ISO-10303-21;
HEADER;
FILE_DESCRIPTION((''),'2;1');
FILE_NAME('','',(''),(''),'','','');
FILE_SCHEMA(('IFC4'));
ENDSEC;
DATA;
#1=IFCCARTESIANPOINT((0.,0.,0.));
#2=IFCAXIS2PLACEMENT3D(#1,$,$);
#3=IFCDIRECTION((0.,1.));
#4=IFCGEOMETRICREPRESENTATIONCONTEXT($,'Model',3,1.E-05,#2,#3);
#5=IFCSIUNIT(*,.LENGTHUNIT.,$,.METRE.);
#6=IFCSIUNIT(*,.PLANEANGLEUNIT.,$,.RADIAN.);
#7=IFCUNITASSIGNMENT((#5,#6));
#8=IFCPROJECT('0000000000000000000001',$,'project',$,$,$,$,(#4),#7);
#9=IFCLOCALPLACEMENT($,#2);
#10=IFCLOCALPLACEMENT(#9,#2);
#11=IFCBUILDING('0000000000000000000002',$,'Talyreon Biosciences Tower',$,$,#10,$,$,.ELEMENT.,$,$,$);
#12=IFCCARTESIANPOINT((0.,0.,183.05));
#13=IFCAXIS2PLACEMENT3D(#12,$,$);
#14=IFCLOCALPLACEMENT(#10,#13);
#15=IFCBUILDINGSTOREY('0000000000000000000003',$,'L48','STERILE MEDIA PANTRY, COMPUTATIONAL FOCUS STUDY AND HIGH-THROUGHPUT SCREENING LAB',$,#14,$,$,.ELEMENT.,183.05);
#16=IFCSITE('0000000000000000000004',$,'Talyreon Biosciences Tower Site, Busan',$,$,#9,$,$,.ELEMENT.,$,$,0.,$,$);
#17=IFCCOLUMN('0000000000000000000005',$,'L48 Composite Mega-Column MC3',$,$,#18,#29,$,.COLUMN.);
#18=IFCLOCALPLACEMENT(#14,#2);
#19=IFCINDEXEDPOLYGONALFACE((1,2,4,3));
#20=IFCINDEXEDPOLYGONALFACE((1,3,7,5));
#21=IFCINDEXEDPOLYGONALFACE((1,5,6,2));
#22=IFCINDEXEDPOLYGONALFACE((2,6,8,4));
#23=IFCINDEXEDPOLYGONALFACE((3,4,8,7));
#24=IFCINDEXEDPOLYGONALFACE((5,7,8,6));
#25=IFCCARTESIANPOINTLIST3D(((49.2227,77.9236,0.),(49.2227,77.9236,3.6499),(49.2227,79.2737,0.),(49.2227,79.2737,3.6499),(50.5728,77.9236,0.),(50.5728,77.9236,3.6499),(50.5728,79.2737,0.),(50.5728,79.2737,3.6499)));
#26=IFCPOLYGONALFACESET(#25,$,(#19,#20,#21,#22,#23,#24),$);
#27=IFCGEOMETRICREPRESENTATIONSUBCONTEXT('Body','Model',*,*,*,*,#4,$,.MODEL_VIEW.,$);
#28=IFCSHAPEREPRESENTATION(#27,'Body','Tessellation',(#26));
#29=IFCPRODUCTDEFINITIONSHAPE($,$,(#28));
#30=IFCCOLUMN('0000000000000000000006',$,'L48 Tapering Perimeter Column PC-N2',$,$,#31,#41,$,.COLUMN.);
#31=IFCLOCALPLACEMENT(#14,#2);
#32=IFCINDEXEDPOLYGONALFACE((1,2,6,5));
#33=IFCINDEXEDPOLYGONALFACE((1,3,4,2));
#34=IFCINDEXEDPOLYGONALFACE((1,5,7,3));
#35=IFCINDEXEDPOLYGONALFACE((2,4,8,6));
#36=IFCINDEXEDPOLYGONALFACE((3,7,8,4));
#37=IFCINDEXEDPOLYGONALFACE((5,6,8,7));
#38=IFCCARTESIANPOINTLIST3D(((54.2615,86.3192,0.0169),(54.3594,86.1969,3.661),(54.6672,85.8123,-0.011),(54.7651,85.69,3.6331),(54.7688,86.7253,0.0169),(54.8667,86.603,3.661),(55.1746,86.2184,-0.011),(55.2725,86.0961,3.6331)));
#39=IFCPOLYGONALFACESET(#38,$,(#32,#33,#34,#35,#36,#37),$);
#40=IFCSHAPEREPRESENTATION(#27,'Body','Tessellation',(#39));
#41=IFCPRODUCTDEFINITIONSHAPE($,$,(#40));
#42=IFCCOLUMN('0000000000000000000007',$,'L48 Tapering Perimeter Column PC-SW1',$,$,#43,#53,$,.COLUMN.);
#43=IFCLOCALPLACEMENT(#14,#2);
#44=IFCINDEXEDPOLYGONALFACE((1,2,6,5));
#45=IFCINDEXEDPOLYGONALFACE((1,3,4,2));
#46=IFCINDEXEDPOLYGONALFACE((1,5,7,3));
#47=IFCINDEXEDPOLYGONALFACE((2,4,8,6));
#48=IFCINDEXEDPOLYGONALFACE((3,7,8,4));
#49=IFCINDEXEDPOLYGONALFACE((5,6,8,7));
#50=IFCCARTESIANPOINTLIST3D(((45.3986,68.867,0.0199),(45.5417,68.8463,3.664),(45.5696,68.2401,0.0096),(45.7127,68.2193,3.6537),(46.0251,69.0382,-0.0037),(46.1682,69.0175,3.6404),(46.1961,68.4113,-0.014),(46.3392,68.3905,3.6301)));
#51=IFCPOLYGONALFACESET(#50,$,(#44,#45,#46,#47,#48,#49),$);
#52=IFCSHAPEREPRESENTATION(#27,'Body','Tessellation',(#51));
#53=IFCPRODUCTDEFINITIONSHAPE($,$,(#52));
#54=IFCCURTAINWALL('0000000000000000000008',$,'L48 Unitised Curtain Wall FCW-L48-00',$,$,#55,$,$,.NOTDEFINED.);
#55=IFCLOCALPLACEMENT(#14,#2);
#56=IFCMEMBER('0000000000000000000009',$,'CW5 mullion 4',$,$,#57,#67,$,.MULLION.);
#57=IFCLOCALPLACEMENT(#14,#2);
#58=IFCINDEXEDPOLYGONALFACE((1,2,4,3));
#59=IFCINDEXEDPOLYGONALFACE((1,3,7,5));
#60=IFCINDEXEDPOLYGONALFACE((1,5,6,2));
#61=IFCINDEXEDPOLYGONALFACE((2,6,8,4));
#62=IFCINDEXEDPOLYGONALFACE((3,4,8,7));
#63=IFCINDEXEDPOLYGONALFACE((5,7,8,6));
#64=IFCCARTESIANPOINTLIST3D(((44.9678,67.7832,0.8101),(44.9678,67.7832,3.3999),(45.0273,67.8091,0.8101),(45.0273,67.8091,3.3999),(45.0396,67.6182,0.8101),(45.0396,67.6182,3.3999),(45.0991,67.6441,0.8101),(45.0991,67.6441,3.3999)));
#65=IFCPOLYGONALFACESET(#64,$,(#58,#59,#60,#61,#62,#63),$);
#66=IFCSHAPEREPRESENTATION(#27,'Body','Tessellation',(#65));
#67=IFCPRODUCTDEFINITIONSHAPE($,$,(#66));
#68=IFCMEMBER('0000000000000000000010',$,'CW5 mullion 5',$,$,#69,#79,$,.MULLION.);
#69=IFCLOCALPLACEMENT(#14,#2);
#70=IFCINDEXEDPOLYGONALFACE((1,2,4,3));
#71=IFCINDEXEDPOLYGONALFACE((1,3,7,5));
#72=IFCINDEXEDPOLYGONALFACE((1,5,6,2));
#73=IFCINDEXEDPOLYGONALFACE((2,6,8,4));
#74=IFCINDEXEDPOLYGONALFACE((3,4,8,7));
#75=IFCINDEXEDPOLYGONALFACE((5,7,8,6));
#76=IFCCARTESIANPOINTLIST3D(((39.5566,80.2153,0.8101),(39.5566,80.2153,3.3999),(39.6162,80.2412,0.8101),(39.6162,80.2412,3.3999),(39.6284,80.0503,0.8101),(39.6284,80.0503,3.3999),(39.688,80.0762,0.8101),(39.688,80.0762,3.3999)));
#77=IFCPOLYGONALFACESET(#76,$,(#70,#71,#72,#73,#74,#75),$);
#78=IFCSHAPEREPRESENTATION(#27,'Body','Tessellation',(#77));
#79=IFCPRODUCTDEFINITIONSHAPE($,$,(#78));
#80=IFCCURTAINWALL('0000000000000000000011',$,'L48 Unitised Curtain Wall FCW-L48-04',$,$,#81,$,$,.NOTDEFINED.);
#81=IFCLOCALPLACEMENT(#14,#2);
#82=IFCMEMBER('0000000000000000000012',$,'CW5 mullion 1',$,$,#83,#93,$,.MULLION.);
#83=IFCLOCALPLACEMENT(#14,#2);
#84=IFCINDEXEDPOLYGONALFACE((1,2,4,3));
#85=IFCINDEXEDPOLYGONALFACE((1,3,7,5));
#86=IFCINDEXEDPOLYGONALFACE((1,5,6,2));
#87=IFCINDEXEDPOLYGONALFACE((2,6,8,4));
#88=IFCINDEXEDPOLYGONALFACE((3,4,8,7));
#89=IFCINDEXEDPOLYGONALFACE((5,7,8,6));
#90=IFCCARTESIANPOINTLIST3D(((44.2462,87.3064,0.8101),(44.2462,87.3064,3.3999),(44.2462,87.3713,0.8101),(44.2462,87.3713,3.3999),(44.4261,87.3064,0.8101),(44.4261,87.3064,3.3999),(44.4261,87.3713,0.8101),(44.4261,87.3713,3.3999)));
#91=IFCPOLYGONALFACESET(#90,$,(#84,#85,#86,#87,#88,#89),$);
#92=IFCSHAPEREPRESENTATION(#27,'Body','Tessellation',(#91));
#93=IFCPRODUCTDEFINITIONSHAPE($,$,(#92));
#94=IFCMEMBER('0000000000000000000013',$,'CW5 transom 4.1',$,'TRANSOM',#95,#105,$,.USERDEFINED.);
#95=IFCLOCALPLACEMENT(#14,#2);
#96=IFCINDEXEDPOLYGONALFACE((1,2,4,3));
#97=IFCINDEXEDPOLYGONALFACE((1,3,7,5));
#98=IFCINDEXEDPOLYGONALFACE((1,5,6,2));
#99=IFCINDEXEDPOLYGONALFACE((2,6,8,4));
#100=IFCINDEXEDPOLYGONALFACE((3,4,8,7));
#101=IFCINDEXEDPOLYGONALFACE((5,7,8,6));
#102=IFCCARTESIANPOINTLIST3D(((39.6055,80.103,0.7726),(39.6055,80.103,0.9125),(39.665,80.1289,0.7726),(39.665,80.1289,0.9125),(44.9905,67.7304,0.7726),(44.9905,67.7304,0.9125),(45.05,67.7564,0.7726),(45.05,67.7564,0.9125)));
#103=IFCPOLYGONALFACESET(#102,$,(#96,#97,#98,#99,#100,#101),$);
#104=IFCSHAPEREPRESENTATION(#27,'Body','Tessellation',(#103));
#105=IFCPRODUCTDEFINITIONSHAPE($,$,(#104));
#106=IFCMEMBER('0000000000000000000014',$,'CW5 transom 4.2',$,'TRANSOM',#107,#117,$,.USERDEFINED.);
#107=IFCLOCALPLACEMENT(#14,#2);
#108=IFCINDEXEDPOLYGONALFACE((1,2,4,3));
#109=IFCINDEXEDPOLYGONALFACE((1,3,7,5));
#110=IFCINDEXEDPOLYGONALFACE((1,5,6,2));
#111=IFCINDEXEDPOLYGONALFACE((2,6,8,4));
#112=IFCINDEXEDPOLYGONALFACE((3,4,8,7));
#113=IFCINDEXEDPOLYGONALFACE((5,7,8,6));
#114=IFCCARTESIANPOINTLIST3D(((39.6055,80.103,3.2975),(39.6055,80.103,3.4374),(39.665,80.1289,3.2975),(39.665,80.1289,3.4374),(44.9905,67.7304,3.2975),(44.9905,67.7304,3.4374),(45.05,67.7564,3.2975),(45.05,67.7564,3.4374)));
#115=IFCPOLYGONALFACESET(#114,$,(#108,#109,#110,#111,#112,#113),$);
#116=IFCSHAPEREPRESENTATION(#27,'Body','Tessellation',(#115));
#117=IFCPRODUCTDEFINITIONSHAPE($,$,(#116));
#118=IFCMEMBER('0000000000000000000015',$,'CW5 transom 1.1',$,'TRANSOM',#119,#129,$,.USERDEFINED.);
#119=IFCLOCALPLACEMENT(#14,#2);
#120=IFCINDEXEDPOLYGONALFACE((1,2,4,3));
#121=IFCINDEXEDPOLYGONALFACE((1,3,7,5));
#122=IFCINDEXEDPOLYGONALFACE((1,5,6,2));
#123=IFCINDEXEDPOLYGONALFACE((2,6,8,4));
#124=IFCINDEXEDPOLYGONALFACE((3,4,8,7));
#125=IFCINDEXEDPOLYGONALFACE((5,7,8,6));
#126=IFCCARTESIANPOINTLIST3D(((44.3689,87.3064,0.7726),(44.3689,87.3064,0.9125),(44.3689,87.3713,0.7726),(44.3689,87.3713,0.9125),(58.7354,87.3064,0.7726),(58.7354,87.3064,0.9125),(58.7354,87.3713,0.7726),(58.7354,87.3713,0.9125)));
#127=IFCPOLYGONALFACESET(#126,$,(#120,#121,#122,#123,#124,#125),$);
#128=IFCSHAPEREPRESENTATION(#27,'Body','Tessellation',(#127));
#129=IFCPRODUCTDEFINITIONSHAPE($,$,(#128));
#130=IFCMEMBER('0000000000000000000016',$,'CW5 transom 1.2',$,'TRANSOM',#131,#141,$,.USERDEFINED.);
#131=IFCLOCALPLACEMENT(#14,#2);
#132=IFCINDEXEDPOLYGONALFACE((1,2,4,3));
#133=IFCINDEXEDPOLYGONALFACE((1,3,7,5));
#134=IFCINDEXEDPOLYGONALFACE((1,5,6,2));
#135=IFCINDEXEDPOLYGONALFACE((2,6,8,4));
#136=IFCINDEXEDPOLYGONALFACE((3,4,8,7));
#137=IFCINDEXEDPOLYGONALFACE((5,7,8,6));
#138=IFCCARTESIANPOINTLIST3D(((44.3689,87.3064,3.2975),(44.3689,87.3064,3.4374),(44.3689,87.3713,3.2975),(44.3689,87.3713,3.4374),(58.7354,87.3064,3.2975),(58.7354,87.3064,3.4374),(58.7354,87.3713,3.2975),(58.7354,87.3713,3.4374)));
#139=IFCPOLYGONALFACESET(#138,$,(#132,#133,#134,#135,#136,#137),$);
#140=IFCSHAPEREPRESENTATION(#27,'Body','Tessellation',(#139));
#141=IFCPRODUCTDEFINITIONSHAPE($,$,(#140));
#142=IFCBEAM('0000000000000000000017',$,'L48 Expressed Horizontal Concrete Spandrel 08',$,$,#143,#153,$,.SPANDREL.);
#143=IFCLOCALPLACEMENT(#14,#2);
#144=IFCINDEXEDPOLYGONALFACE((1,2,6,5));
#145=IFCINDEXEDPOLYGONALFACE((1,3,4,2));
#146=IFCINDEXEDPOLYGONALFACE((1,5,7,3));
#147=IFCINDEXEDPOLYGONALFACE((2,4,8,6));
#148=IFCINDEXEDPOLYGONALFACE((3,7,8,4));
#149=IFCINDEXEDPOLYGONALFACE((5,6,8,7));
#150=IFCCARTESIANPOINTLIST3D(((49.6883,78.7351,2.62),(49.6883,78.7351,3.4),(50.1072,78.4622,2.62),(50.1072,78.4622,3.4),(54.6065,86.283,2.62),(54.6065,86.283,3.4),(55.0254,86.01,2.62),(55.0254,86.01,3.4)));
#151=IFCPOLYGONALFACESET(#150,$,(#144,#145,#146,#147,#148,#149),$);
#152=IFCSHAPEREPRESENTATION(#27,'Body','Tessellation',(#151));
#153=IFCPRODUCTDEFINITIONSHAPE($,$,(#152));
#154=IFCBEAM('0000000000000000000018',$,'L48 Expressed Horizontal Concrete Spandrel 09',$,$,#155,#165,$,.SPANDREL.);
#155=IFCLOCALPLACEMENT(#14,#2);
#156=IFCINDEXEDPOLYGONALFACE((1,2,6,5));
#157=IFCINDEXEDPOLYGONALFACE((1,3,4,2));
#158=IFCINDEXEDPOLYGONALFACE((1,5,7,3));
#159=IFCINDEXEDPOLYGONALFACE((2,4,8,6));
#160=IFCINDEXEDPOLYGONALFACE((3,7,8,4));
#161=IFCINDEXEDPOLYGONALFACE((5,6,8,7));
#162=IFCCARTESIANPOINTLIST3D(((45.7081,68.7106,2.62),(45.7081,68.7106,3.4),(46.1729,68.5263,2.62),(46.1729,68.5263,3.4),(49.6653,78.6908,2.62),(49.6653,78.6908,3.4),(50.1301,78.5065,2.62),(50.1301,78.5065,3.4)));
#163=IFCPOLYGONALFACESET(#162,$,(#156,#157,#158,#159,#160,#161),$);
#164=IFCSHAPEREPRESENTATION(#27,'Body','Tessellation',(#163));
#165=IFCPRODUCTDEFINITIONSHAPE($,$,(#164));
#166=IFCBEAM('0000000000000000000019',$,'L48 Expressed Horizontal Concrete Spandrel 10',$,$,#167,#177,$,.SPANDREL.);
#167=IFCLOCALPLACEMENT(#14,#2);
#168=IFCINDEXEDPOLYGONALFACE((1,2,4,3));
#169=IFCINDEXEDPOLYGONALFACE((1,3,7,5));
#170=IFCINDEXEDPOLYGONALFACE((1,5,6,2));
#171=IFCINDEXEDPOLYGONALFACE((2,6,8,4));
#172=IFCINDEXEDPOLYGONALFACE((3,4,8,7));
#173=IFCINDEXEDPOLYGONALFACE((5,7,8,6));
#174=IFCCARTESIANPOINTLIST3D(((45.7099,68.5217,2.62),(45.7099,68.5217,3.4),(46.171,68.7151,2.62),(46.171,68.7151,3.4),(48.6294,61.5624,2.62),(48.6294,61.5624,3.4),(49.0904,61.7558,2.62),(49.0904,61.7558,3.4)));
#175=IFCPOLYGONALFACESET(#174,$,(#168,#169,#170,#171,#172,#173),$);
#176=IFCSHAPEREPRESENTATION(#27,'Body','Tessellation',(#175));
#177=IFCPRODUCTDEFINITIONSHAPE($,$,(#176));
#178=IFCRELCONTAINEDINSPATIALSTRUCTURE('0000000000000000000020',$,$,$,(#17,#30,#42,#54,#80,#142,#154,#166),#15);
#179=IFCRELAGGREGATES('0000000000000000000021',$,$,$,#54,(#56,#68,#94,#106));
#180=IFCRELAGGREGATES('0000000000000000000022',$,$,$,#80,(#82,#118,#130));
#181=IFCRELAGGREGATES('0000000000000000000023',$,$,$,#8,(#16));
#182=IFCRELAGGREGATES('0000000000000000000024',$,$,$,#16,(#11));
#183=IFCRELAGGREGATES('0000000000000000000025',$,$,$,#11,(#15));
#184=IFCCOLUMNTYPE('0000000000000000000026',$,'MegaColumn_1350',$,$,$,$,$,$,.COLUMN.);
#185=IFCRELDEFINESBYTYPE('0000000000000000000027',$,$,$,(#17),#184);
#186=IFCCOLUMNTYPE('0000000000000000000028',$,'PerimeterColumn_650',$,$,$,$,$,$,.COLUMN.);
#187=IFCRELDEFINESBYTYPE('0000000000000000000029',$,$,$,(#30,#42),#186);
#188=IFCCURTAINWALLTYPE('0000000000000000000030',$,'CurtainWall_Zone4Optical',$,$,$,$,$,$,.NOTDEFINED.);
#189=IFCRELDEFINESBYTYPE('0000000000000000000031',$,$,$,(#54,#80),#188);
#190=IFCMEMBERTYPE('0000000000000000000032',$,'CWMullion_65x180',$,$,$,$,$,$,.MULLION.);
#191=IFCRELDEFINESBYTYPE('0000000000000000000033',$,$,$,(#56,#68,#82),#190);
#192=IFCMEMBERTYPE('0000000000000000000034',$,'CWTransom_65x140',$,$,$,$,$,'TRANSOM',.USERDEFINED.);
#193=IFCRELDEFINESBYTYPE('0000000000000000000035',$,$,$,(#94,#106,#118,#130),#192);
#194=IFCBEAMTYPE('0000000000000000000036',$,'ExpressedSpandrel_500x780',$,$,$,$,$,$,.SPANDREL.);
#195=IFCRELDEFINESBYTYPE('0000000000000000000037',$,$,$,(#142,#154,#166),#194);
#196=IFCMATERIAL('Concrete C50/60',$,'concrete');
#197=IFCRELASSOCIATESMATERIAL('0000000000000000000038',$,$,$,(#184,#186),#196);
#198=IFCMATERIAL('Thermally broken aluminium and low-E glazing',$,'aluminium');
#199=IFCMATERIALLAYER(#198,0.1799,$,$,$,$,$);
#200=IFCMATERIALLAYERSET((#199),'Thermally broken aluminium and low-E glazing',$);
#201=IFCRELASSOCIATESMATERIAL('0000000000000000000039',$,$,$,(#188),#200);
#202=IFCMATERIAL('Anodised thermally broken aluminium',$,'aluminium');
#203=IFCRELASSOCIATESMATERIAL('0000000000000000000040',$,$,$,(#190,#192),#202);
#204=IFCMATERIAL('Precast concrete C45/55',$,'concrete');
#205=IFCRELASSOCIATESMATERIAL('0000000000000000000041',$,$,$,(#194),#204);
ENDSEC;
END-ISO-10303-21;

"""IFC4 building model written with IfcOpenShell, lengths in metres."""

from ifc_helpers import new_model, si_unit, direction, frame, origin, origin_2d, place, context, subcontext, project, spatial, rectangle, extrude, material, layer, layer_set, material_profile, profile_set, type_object, element, aggregate, save


model = new_model("IFC4")

# Units and contexts
model_context = context("Model", 3, precision=1e-05, world=origin(), true_north=direction((0.0, 1.0)))
body_context = subcontext(model_context, "Body", "Model", "MODEL_VIEW")
ifc_project = project(units=[si_unit("LENGTHUNIT", "METRE"), si_unit("PLANEANGLEUNIT", "RADIAN")], contexts=[model_context])

# Site, building, storey
site_placement = place(None, origin())
site = spatial("IfcSite", under=ifc_project, at=site_placement, Name="Talyreon Biosciences Tower Site, Busan", CompositionType="ELEMENT", RefElevation=0.0)
building_placement = place(site_placement, origin())
building = spatial("IfcBuilding", under=site, at=building_placement, Name="Talyreon Biosciences Tower", CompositionType="ELEMENT")
storey_placement = place(building_placement, frame((0.0, 0.0, 183.05)))
storey = spatial("IfcBuildingStorey", under=building, at=storey_placement, Name="L48", Description="STERILE MEDIA PANTRY, COMPUTATIONAL FOCUS STUDY AND HIGH-THROUGHPUT SCREENING LAB", CompositionType="ELEMENT", Elevation=183.05)

# Columns
ifc_material_1 = material(Name="Concrete C50/60", Category="concrete")
ifc_material_profile_1 = material_profile(ifc_material_1, rectangle(XDim=1.3501, YDim=1.3501, at=origin_2d()), Name="RC 1350x1350")
ifc_profile_set_1 = profile_set([ifc_material_profile_1], Name="Concrete C50/60")
column_type_1 = type_object("IfcColumnType", Name="MegaColumn_1350", PredefinedType="COLUMN", material=ifc_profile_set_1)
column_1_placement = place(storey_placement, frame((49.8977, 78.5986, 0.0), z_axis=(0.0, 0.0, 1.0), x_axis=(1.0, 0.0, 0.0)))
element("IfcColumn", 1, at=column_1_placement, inside=storey, type_object=column_type_1, Name="L48 Composite Mega-Column MC3", PredefinedType="COLUMN", context=body_context, shape_type="SweptSolid", body=[
    extrude(rectangle(XDim=1.3501, YDim=1.3501, at=origin_2d()), origin(), (0.0, 0.0, 1.0), 3.6499),
])
ifc_material_profile_2 = material_profile(ifc_material_1, rectangle(XDim=0.6499, YDim=0.6499, at=origin_2d()), Name="RC 650x650")
ifc_profile_set_2 = profile_set([ifc_material_profile_2], Name="Concrete C50/60")
column_type_2 = type_object("IfcColumnType", Name="PerimeterColumn_650", PredefinedType="COLUMN", material=ifc_profile_set_2)
column_2_placement = place(storey_placement, frame((54.718, 86.2688, 0.0029), z_axis=(0.026841, -0.033535, 0.999077), x_axis=(-0.780717, -0.624885, 0.0)))
element("IfcColumn", 2, at=column_2_placement, inside=storey, type_object=column_type_2, Name="L48 Tapering Perimeter Column PC-N2", PredefinedType="COLUMN", context=body_context, shape_type="SweptSolid", body=[
    extrude(rectangle(XDim=0.6499, YDim=0.6499, at=origin_2d()), origin(), (0.0, 0.0, 1.0), 3.6475),
])
column_3_placement = place(storey_placement, frame((45.7974, 68.6392, 0.0029), z_axis=(0.039229, -0.00569, 0.999214), x_axis=(0.963993, 0.263433, -0.036346)))
element("IfcColumn", 3, at=column_3_placement, inside=storey, type_object=column_type_2, Name="L48 Tapering Perimeter Column PC-SW1", PredefinedType="COLUMN", context=body_context, shape_type="SweptSolid", body=[
    extrude(rectangle(XDim=0.6499, YDim=0.6499, at=origin_2d()), origin(), (0.0, 0.0, 1.0), 3.647),
])

# Curtain wall, members
ifc_material_2 = material(Name="Thermally broken aluminium and low-E glazing", Category="aluminium")
ifc_layer_1 = layer(ifc_material_2, 0.1799)
ifc_layer_set_1 = layer_set([ifc_layer_1], Name="Thermally broken aluminium and low-E glazing")
curtain_wall_type = type_object("IfcCurtainWallType", Name="CurtainWall_Zone4Optical", PredefinedType="NOTDEFINED", material=ifc_layer_set_1)
curtain_wall_1_placement = place(storey_placement, origin())
curtain_wall_1 = element("IfcCurtainWall", 4, at=curtain_wall_1_placement, inside=storey, type_object=curtain_wall_type, Name="L48 Unitised Curtain Wall FCW-L48-00", PredefinedType="NOTDEFINED")
ifc_material_3 = material(Name="Anodised thermally broken aluminium", Category="aluminium")
ifc_material_profile_3 = material_profile(ifc_material_3, rectangle(XDim=0.0649, YDim=0.1799, at=origin_2d()), Name="ALUM MULLION 65x180")
ifc_profile_set_3 = profile_set([ifc_material_profile_3], Name="Anodised thermally broken aluminium")
member_type_1 = type_object("IfcMemberType", Name="CWMullion_65x180", PredefinedType="MULLION", material=ifc_profile_set_3)
member_1_placement = place(storey_placement, frame((45.0334, 67.7136, 0.8101), z_axis=(0.0, 0.0, 1.0), x_axis=(-0.916912, -0.399089, 0.0)))
member_1 = element("IfcMember", 5, at=member_1_placement, type_object=member_type_1, Name="CW5 mullion 4", PredefinedType="MULLION", context=body_context, shape_type="SweptSolid", body=[
    extrude(rectangle(XDim=0.0649, YDim=0.1799, at=origin_2d()), origin(), (0.0, 0.0, 1.0), 2.5898),
])
member_2_placement = place(storey_placement, frame((39.6223, 80.1458, 0.8101), z_axis=(0.0, 0.0, 1.0), x_axis=(-0.916912, -0.399089, 0.0)))
member_2 = element("IfcMember", 6, at=member_2_placement, type_object=member_type_1, Name="CW5 mullion 5", PredefinedType="MULLION", context=body_context, shape_type="SweptSolid", body=[
    extrude(rectangle(XDim=0.0649, YDim=0.1799, at=origin_2d()), origin(), (0.0, 0.0, 1.0), 2.5898),
])

# Curtain wall, member
curtain_wall_2_placement = place(storey_placement, origin())
curtain_wall_2 = element("IfcCurtainWall", 7, at=curtain_wall_2_placement, inside=storey, type_object=curtain_wall_type, Name="L48 Unitised Curtain Wall FCW-L48-04", PredefinedType="NOTDEFINED")
member_3_placement = place(storey_placement, frame((44.3362, 87.3389, 0.8101), z_axis=(0.0, 0.0, 1.0), x_axis=(0.0, 1.0, 0.0)))
member_3 = element("IfcMember", 8, at=member_3_placement, type_object=member_type_1, Name="CW5 mullion 1", PredefinedType="MULLION", context=body_context, shape_type="SweptSolid", body=[
    extrude(rectangle(XDim=0.0649, YDim=0.1799, at=origin_2d()), origin(), (0.0, 0.0, 1.0), 2.5898),
])

# Members
ifc_material_profile_4 = material_profile(ifc_material_3, rectangle(XDim=0.0649, YDim=0.1399, at=origin_2d()), Name="ALUM TRANSOM 65x140")
ifc_profile_set_4 = profile_set([ifc_material_profile_4], Name="Anodised thermally broken aluminium")
member_type_2 = type_object("IfcMemberType", Name="CWTransom_65x140", ElementType="TRANSOM", PredefinedType="USERDEFINED", material=ifc_profile_set_4)
member_4_placement = place(storey_placement, frame((45.0203, 67.7434, 0.8425), z_axis=(-0.399077, 0.916917, 0.0), x_axis=(-0.916917, -0.399077, 0.0)))
member_4 = element("IfcMember", 9, at=member_4_placement, type_object=member_type_2, Name="CW5 transom 4.1", ObjectType="TRANSOM", PredefinedType="USERDEFINED", context=body_context, shape_type="SweptSolid", body=[
    extrude(rectangle(XDim=0.0649, YDim=0.1399, at=origin_2d()), origin(), (0.0, 0.0, 1.0), 13.4937),
])
member_5_placement = place(storey_placement, frame((45.0203, 67.7434, 3.3674), z_axis=(-0.399077, 0.916917, 0.0), x_axis=(-0.916917, -0.399077, 0.0)))
member_5 = element("IfcMember", 10, at=member_5_placement, type_object=member_type_2, Name="CW5 transom 4.2", ObjectType="TRANSOM", PredefinedType="USERDEFINED", context=body_context, shape_type="SweptSolid", body=[
    extrude(rectangle(XDim=0.0649, YDim=0.1399, at=origin_2d()), origin(), (0.0, 0.0, 1.0), 13.4937),
])
member_6_placement = place(storey_placement, frame((44.3689, 87.3389, 0.8425), z_axis=(1.0, 0.0, 0.0), x_axis=(0.0, 1.0, 0.0)))
member_6 = element("IfcMember", 11, at=member_6_placement, type_object=member_type_2, Name="CW5 transom 1.1", ObjectType="TRANSOM", PredefinedType="USERDEFINED", context=body_context, shape_type="SweptSolid", body=[
    extrude(rectangle(XDim=0.0649, YDim=0.1399, at=origin_2d()), origin(), (0.0, 0.0, 1.0), 14.3665),
])
member_7_placement = place(storey_placement, frame((44.3689, 87.3389, 3.3674), z_axis=(1.0, 0.0, 0.0), x_axis=(0.0, 1.0, 0.0)))
member_7 = element("IfcMember", 12, at=member_7_placement, type_object=member_type_2, Name="CW5 transom 1.2", ObjectType="TRANSOM", PredefinedType="USERDEFINED", context=body_context, shape_type="SweptSolid", body=[
    extrude(rectangle(XDim=0.0649, YDim=0.1399, at=origin_2d()), origin(), (0.0, 0.0, 1.0), 14.3665),
])

# Beams
ifc_material_4 = material(Name="Precast concrete C45/55", Category="concrete")
ifc_material_profile_5 = material_profile(ifc_material_4, rectangle(XDim=0.5, YDim=0.78, at=origin_2d()), Name="RCB 500x780")
ifc_profile_set_5 = profile_set([ifc_material_profile_5], Name="Precast concrete C45/55")
beam_type_1 = type_object("IfcBeamType", Name="ExpressedSpandrel_500x780", PredefinedType="SPANDREL", material=ifc_profile_set_5)
beam_1_placement = place(storey_placement, frame((54.8159, 86.1465, 3.01), z_axis=(-0.545933, -0.837829, 0.0), x_axis=(0.837829, -0.545933, 0.0)))
element("IfcBeam", 13, at=beam_1_placement, inside=storey, type_object=beam_type_1, Name="L48 Expressed Horizontal Concrete Spandrel 08", PredefinedType="SPANDREL", context=body_context, shape_type="SweptSolid", body=[
    extrude(rectangle(XDim=0.5, YDim=0.78, at=origin_2d()), origin(), (0.0, 0.0, 1.0), 9.0088),
])
beam_2_placement = place(storey_placement, frame((49.8977, 78.5986, 3.01), z_axis=(-0.368594, -0.929591, 0.0), x_axis=(0.929591, -0.368594, 0.0)))
element("IfcBeam", 14, at=beam_2_placement, inside=storey, type_object=beam_type_1, Name="L48 Expressed Horizontal Concrete Spandrel 09", PredefinedType="SPANDREL", context=body_context, shape_type="SweptSolid", body=[
    extrude(rectangle(XDim=0.5, YDim=0.78, at=origin_2d()), origin(), (0.0, 0.0, 1.0), 10.7361),
])
beam_3_placement = place(storey_placement, frame((45.9404, 68.6184, 3.01), z_axis=(0.386845, -0.922145, 0.0), x_axis=(0.922145, 0.386845, 0.0)))
element("IfcBeam", 15, at=beam_3_placement, inside=storey, type_object=beam_type_1, Name="L48 Expressed Horizontal Concrete Spandrel 10", PredefinedType="SPANDREL", context=body_context, shape_type="SweptSolid", body=[
    extrude(rectangle(XDim=0.5, YDim=0.78, at=origin_2d()), origin(), (0.0, 0.0, 1.0), 7.5469),
])

aggregate(curtain_wall_1, [member_1, member_2, member_4, member_5])
aggregate(curtain_wall_2, [member_3, member_6, member_7])

save(model, "model.ifc")
